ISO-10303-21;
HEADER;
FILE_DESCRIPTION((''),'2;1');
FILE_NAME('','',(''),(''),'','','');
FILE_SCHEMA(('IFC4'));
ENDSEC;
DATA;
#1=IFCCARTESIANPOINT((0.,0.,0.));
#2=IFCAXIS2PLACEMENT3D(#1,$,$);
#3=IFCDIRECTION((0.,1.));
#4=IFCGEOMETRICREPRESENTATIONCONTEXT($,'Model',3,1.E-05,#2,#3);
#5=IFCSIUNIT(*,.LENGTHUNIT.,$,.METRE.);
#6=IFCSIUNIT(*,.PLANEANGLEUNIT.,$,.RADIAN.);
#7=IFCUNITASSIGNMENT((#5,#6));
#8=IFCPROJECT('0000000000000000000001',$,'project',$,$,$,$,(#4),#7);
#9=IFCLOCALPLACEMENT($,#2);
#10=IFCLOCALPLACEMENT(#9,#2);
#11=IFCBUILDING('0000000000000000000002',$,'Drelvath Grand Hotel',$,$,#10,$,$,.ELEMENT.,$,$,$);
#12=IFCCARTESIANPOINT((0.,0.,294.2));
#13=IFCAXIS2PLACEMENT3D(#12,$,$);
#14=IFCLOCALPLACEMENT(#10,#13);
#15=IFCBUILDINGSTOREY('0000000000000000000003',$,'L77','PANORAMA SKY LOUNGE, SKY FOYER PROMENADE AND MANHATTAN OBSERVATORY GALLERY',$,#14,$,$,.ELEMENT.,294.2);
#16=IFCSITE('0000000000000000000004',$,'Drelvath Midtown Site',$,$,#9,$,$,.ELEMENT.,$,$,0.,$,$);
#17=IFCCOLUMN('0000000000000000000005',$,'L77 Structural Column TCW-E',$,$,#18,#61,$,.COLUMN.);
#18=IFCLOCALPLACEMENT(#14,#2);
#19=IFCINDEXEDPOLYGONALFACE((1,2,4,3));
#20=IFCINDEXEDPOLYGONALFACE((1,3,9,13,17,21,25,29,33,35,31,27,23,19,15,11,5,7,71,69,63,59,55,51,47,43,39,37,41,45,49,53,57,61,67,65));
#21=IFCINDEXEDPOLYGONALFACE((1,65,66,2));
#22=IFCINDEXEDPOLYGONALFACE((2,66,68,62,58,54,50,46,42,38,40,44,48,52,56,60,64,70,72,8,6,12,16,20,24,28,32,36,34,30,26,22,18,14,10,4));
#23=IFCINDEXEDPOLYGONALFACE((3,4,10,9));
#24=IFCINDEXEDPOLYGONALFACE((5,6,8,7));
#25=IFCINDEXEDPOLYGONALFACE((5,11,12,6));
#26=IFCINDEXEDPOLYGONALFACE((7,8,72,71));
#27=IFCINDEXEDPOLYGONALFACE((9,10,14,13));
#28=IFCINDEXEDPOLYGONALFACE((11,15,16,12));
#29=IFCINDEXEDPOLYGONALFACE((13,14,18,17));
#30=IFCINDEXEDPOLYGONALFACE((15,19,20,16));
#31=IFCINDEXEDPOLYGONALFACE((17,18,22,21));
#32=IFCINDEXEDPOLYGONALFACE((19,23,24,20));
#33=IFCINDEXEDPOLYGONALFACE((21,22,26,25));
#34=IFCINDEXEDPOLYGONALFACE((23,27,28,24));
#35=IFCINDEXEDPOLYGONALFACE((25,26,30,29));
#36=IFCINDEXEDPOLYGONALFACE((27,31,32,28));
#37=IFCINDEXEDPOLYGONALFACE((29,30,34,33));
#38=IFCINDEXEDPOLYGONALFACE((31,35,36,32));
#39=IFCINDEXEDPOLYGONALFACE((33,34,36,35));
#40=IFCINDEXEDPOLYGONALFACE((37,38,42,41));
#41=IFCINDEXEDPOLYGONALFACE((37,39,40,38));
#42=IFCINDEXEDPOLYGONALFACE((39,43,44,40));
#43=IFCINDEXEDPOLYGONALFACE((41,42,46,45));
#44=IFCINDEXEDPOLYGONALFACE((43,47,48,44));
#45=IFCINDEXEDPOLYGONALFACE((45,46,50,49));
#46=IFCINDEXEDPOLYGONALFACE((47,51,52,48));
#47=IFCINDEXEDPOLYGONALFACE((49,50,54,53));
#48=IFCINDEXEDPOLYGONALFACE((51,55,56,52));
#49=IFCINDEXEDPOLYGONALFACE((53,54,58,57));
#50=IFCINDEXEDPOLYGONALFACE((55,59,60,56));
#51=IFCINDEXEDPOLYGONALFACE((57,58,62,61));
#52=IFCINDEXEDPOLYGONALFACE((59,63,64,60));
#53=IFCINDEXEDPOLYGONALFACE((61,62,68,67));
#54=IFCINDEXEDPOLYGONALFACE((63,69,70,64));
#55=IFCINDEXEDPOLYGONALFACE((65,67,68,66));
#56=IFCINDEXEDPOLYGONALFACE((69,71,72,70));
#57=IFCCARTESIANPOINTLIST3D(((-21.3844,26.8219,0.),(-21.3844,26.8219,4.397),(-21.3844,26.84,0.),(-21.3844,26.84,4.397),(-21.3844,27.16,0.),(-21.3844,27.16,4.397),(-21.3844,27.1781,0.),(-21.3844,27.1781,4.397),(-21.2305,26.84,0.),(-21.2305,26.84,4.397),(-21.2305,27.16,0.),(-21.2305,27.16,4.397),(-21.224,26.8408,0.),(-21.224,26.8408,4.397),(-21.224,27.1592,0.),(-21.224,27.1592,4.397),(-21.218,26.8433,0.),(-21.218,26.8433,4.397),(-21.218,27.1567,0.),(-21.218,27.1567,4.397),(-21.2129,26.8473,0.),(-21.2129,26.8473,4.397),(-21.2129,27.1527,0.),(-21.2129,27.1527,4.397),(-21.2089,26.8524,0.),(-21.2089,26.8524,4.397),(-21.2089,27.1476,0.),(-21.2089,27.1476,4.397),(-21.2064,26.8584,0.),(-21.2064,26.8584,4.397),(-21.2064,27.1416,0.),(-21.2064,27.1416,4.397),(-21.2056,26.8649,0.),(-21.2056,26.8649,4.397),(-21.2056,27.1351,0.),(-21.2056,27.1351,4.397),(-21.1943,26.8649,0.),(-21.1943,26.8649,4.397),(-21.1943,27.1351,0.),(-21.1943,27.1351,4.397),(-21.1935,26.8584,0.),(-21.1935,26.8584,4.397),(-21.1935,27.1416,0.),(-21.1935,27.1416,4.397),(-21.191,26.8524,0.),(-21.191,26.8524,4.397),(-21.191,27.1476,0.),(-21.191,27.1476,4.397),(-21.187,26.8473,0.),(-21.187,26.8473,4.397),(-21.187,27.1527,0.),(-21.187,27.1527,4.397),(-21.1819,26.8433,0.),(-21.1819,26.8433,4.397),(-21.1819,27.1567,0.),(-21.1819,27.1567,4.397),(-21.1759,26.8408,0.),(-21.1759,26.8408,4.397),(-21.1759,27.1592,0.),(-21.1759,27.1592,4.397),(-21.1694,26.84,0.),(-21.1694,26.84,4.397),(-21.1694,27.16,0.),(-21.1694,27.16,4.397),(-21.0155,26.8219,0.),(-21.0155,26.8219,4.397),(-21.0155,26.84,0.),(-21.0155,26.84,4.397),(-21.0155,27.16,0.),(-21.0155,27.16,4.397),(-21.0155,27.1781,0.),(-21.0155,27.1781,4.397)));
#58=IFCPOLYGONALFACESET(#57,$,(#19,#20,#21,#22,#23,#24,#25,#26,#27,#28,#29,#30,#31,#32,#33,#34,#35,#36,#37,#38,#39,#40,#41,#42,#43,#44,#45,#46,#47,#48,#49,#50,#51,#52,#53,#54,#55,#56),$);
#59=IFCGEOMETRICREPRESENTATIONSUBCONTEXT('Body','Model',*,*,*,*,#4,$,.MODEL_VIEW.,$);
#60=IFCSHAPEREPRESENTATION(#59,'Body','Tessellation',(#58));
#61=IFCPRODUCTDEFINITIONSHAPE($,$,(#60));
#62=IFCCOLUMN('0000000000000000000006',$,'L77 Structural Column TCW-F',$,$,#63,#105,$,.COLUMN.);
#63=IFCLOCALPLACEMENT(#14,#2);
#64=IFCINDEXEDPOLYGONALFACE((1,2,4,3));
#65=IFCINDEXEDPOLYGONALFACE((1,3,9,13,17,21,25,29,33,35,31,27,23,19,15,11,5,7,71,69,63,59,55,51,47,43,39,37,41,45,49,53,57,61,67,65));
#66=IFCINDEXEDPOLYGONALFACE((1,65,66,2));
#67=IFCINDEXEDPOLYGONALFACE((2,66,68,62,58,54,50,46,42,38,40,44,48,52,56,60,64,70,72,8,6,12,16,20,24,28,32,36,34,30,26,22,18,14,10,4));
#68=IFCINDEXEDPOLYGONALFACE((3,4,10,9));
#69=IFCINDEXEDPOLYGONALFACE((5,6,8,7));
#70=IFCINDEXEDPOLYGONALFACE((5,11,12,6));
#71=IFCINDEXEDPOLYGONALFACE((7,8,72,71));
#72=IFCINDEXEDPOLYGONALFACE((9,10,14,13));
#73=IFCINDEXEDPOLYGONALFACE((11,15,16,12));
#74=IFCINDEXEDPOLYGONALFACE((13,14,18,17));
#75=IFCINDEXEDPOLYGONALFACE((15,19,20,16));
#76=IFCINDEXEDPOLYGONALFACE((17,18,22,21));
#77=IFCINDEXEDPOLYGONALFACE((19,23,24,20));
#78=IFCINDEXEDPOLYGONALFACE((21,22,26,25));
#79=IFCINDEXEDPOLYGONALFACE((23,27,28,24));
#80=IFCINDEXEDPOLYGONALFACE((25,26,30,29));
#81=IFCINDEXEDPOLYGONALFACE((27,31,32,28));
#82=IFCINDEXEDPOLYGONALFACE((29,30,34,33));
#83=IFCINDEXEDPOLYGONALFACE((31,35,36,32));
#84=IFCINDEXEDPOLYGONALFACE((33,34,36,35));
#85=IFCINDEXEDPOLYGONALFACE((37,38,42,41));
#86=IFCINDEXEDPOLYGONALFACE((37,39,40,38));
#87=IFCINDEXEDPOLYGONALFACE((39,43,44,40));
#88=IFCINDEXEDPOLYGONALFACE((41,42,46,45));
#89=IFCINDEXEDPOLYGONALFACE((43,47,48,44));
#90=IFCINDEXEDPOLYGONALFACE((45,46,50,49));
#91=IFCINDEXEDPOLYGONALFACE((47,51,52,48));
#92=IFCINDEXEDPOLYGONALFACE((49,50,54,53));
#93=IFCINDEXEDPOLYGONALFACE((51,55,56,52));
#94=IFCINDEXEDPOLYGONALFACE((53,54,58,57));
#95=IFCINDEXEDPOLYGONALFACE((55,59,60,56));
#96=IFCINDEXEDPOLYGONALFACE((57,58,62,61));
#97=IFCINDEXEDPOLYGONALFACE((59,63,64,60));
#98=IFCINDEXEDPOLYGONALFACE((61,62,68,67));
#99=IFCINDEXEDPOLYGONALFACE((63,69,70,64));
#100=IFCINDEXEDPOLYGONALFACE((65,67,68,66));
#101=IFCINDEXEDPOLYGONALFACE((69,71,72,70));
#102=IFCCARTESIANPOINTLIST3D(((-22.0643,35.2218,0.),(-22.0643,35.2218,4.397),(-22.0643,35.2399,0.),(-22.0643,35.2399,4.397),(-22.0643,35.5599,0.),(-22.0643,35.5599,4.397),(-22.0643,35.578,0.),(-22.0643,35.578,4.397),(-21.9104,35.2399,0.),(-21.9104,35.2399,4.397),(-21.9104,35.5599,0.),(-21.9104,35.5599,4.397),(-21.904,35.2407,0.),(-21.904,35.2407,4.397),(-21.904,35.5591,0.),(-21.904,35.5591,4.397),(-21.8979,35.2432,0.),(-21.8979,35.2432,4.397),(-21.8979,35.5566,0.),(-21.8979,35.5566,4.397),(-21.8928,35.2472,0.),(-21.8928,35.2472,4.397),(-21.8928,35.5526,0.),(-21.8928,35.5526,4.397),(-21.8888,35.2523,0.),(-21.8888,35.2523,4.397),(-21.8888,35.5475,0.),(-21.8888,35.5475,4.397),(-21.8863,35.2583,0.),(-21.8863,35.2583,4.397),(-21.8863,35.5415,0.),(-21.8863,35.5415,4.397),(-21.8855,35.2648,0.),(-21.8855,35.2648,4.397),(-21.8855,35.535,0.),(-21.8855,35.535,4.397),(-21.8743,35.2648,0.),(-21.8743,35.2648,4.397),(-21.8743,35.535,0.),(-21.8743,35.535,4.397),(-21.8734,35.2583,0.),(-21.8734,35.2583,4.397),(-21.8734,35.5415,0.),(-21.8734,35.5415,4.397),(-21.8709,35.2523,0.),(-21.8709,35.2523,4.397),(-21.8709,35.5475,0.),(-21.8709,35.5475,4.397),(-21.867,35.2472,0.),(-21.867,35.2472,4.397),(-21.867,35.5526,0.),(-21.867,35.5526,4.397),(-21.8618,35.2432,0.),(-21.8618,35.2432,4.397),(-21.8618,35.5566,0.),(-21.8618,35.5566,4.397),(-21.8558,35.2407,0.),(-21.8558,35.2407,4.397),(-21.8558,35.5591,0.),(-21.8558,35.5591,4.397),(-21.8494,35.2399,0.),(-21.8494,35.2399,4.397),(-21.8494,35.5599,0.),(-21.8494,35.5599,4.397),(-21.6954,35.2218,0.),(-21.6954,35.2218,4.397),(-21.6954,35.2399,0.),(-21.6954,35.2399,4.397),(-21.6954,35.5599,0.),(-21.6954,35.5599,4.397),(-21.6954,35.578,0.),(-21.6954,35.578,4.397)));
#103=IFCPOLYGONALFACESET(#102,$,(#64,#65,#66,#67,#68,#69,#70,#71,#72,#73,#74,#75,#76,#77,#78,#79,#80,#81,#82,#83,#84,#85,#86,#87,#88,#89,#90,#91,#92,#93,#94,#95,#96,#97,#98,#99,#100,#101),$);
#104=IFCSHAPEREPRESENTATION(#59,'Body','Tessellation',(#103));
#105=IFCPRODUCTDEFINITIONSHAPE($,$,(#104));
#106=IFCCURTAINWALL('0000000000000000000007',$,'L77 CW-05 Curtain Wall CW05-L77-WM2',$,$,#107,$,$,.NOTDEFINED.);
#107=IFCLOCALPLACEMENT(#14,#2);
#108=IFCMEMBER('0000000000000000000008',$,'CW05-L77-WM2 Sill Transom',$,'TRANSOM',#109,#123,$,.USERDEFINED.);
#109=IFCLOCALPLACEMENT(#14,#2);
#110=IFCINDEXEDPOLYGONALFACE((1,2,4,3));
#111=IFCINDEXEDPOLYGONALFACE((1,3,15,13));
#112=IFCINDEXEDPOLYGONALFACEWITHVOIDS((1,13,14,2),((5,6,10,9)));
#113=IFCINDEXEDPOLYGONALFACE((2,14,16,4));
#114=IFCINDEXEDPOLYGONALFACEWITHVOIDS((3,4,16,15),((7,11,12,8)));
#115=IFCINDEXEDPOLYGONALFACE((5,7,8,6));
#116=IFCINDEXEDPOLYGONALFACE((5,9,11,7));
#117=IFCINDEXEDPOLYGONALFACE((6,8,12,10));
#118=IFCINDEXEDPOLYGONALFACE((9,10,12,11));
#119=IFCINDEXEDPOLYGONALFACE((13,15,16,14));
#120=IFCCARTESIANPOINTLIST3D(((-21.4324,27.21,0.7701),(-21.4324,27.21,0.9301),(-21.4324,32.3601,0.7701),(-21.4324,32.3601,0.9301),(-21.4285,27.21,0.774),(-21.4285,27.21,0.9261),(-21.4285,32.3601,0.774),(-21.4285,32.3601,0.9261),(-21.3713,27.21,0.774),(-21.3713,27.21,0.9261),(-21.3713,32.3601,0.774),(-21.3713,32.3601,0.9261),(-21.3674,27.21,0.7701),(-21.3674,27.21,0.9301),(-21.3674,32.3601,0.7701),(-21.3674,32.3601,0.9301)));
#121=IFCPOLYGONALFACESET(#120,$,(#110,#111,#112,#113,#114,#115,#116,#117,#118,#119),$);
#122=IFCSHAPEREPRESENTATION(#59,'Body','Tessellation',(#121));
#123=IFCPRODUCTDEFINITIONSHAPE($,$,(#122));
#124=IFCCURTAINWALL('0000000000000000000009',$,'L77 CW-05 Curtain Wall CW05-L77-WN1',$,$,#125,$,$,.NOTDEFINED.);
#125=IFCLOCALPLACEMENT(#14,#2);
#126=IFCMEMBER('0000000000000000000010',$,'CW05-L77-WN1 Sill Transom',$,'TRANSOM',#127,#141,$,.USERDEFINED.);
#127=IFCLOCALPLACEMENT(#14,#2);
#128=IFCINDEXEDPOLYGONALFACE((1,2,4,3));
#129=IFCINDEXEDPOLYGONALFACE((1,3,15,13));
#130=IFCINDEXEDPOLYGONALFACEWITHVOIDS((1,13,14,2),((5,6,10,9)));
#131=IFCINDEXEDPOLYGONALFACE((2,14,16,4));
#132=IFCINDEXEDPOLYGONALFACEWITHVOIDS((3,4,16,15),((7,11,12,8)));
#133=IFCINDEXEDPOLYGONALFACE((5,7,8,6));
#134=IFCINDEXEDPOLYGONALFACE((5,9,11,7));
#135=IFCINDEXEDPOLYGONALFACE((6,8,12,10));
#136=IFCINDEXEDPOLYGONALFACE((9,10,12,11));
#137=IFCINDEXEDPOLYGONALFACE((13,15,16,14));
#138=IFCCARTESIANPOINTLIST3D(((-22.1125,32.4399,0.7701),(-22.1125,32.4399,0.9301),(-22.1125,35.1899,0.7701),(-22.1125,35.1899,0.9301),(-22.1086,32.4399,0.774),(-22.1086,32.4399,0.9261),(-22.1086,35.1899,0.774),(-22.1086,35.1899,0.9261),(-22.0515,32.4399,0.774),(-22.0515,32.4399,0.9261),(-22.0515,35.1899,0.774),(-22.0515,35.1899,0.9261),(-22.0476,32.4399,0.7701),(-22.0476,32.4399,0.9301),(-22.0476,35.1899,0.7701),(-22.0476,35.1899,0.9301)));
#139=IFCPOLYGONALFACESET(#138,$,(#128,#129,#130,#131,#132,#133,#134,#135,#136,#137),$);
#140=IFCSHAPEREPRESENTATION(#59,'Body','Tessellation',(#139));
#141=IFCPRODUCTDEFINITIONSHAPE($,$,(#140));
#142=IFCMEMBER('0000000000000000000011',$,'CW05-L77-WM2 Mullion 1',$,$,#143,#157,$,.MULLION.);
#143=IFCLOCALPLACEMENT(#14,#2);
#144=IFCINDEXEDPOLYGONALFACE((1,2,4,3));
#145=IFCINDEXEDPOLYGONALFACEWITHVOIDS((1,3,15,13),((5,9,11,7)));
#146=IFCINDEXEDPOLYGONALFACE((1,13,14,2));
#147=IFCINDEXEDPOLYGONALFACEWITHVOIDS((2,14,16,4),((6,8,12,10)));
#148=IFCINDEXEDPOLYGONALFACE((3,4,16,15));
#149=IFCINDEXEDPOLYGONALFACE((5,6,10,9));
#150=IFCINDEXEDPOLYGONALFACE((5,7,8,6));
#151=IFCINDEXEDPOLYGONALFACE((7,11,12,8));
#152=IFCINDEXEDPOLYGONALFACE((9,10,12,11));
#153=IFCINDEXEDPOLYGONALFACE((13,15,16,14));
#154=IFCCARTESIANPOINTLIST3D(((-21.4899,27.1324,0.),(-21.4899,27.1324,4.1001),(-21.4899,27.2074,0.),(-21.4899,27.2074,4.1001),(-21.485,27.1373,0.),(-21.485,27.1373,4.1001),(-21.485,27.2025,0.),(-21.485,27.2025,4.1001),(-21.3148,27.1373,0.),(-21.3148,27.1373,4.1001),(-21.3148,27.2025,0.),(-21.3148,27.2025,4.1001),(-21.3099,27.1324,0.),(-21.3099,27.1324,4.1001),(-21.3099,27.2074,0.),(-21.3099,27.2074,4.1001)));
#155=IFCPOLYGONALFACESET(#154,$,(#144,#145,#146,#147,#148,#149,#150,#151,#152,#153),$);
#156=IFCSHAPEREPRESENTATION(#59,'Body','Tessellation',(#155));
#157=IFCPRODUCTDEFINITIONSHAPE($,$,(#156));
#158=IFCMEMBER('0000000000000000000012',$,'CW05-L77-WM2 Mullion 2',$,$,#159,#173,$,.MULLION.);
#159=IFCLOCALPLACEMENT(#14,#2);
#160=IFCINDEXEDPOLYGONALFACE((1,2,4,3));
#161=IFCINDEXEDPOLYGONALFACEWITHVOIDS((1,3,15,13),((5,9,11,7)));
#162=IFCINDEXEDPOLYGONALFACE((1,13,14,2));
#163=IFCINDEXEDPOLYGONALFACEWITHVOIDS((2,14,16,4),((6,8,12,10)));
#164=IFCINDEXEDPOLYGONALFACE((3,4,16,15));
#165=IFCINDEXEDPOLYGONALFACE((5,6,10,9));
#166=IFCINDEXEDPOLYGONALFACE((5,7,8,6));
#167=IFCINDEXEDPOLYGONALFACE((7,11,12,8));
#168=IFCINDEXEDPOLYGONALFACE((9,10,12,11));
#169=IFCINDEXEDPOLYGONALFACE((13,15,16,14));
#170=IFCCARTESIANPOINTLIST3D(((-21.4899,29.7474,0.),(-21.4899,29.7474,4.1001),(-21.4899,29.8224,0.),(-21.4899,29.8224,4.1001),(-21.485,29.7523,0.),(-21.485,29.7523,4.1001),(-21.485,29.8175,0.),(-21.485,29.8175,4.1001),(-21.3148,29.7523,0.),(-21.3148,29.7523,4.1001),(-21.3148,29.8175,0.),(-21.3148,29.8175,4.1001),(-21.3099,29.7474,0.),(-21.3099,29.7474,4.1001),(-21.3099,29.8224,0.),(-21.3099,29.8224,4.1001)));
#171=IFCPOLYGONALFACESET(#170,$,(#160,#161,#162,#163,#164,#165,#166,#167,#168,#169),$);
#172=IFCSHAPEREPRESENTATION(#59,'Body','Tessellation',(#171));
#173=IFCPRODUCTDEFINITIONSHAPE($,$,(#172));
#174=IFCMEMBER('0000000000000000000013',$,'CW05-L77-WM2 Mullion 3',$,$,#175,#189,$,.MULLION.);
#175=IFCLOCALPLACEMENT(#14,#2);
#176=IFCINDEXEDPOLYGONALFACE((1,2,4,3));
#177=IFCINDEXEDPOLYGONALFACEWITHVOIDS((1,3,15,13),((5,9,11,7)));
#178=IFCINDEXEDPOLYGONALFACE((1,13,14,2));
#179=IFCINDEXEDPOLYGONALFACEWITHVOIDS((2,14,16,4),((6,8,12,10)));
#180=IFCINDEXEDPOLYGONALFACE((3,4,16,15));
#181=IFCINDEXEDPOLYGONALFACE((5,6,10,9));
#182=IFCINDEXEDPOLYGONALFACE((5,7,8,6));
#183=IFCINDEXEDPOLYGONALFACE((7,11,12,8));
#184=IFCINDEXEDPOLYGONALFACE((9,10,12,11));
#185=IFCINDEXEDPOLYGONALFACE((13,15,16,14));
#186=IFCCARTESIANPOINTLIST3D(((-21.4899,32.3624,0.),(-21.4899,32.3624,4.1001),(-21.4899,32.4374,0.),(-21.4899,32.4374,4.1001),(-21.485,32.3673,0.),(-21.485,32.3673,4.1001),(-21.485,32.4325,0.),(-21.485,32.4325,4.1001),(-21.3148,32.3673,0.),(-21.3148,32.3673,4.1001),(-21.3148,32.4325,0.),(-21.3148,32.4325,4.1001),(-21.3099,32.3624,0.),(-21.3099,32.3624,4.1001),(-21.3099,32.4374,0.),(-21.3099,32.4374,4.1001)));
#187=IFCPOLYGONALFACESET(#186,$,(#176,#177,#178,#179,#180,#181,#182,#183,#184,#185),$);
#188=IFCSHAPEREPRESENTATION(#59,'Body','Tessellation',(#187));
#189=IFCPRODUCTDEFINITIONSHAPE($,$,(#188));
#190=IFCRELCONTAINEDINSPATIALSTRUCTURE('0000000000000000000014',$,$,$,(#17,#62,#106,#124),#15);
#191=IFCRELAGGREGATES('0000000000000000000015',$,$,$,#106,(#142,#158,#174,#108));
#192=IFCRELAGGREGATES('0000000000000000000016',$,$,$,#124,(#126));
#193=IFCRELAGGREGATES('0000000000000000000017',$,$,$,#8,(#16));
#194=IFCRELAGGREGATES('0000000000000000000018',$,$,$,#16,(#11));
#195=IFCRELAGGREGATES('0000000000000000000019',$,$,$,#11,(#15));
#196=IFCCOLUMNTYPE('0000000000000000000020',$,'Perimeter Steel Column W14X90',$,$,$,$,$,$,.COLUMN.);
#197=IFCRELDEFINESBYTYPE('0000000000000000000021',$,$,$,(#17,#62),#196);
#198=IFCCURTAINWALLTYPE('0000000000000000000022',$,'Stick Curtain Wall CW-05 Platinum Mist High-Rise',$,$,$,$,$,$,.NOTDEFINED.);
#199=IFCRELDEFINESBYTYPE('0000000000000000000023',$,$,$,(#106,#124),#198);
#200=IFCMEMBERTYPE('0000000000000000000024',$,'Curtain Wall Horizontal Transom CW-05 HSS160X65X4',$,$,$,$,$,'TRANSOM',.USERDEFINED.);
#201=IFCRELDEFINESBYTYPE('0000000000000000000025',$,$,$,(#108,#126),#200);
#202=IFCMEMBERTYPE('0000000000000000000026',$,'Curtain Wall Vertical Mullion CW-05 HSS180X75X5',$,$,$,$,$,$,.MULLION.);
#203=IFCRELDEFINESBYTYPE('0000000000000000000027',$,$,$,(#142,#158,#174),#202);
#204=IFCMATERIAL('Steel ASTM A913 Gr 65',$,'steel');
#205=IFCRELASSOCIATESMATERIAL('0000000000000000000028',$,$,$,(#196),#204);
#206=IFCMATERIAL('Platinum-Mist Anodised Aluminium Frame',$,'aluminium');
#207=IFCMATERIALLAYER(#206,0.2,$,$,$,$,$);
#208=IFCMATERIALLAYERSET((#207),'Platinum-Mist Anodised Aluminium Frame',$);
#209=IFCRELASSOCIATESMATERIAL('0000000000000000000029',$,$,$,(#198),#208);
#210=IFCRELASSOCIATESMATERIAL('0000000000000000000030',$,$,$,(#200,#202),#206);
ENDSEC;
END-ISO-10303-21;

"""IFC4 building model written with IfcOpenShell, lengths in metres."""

from ifc_helpers import new_model, si_unit, direction, frame, origin, origin_2d, place, context, subcontext, project, spatial, hollow_rectangle, i_section, extrude, material, layer, layer_set, material_profile, profile_set, type_object, element, aggregate, save


model = new_model("IFC4")

# Units and contexts
model_context = context("Model", 3, precision=1e-05, world=origin(), true_north=direction((0.0, 1.0)))
body_context = subcontext(model_context, "Body", "Model", "MODEL_VIEW")
ifc_project = project(units=[si_unit("LENGTHUNIT", "METRE"), si_unit("PLANEANGLEUNIT", "RADIAN")], contexts=[model_context])

# Site, building, storey
site_placement = place(None, origin())
site = spatial("IfcSite", under=ifc_project, at=site_placement, Name="Drelvath Midtown Site", CompositionType="ELEMENT", RefElevation=0.0)
building_placement = place(site_placement, origin())
building = spatial("IfcBuilding", under=site, at=building_placement, Name="Drelvath Grand Hotel", CompositionType="ELEMENT")
storey_placement = place(building_placement, frame((0.0, 0.0, 294.2)))
storey = spatial("IfcBuildingStorey", under=building, at=storey_placement, Name="L77", Description="PANORAMA SKY LOUNGE, SKY FOYER PROMENADE AND MANHATTAN OBSERVATORY GALLERY", CompositionType="ELEMENT", Elevation=294.2)

# Columns
ifc_material_1 = material(Name="Steel ASTM A913 Gr 65", Category="steel")
ifc_material_profile_1 = material_profile(ifc_material_1, i_section(OverallWidth=0.3689, OverallDepth=0.3562, WebThickness=0.0112, FlangeThickness=0.0181, FilletRadius=0.0249, at=origin_2d()), Name="W14X90")
ifc_profile_set_1 = profile_set([ifc_material_profile_1], Name="Steel ASTM A913 Gr 65")
column_type = type_object("IfcColumnType", Name="Perimeter Steel Column W14X90", PredefinedType="COLUMN", material=ifc_profile_set_1)
for number, where, z_axis, x_axis, name in (
    (1, (-21.2, 27.0, 0.0), (0.0, 0.0, 1.0), (1.0, 0.0, 0.0), "L77 Structural Column TCW-E"),
    (2, (-21.8799, 35.3999, 0.0), (0.0, 0.0, 1.0), (1.0, 0.0, 0.0), "L77 Structural Column TCW-F"),
):
    element("IfcColumn", number, at=place(storey_placement, frame(where, z_axis=z_axis, x_axis=x_axis)), inside=storey, type_object=column_type, Name=name, PredefinedType="COLUMN", context=body_context, shape_type="SweptSolid", body=[
        extrude(i_section(OverallWidth=0.3689, OverallDepth=0.3562, WebThickness=0.0112, FlangeThickness=0.0181, FilletRadius=0.0249, at=origin_2d()), origin(), (0.0, 0.0, 1.0), 4.397),
    ])

# Curtain walls, members
ifc_material_2 = material(Name="Platinum-Mist Anodised Aluminium Frame", Category="aluminium")
ifc_layer_1 = layer(ifc_material_2, 0.2)
ifc_layer_set_1 = layer_set([ifc_layer_1], Name="Platinum-Mist Anodised Aluminium Frame")
curtain_wall_type = type_object("IfcCurtainWallType", Name="Stick Curtain Wall CW-05 Platinum Mist High-Rise", PredefinedType="NOTDEFINED", material=ifc_layer_set_1)
curtain_wall_1_placement = place(storey_placement, origin())
curtain_wall_1 = element("IfcCurtainWall", 3, at=curtain_wall_1_placement, inside=storey, type_object=curtain_wall_type, Name="L77 CW-05 Curtain Wall CW05-L77-WM2", PredefinedType="NOTDEFINED")
ifc_material_profile_2 = material_profile(ifc_material_2, hollow_rectangle(XDim=0.0649, YDim=0.1599, WallThickness=0.0039, at=origin_2d()), Name="HSS160X65X4")
ifc_profile_set_2 = profile_set([ifc_material_profile_2], Name="Platinum-Mist Anodised Aluminium Frame")
member_type_1 = type_object("IfcMemberType", Name="Curtain Wall Horizontal Transom CW-05 HSS160X65X4", ElementType="TRANSOM", PredefinedType="USERDEFINED", material=ifc_profile_set_2)
member_1_placement = place(storey_placement, frame((-21.3999, 27.21, 0.8501), z_axis=(0.0, 1.0, 0.0), x_axis=(-1.0, 0.0, 0.0)))
member_1 = element("IfcMember", 4, at=member_1_placement, type_object=member_type_1, Name="CW05-L77-WM2 Sill Transom", ObjectType="TRANSOM", PredefinedType="USERDEFINED", context=body_context, shape_type="SweptSolid", body=[
    extrude(hollow_rectangle(XDim=0.0649, YDim=0.1599, WallThickness=0.0039, at=origin_2d()), origin(), (0.0, 0.0, 1.0), 5.1501),
])
curtain_wall_2_placement = place(storey_placement, origin())
curtain_wall_2 = element("IfcCurtainWall", 5, at=curtain_wall_2_placement, inside=storey, type_object=curtain_wall_type, Name="L77 CW-05 Curtain Wall CW05-L77-WN1", PredefinedType="NOTDEFINED")
member_2_placement = place(storey_placement, frame((-22.0801, 32.4399, 0.8501), z_axis=(0.0, 1.0, 0.0), x_axis=(-1.0, 0.0, 0.0)))
member_2 = element("IfcMember", 6, at=member_2_placement, type_object=member_type_1, Name="CW05-L77-WN1 Sill Transom", ObjectType="TRANSOM", PredefinedType="USERDEFINED", context=body_context, shape_type="SweptSolid", body=[
    extrude(hollow_rectangle(XDim=0.0649, YDim=0.1599, WallThickness=0.0039, at=origin_2d()), origin(), (0.0, 0.0, 1.0), 2.75),
])

# Members
ifc_material_profile_3 = material_profile(ifc_material_2, hollow_rectangle(XDim=0.075, YDim=0.1799, WallThickness=0.0049, at=origin_2d()), Name="HSS180X75X5")
ifc_profile_set_3 = profile_set([ifc_material_profile_3], Name="Platinum-Mist Anodised Aluminium Frame")
member_type_2 = type_object("IfcMemberType", Name="Curtain Wall Vertical Mullion CW-05 HSS180X75X5", PredefinedType="MULLION", material=ifc_profile_set_3)
member_3_placement = place(storey_placement, frame((-21.3999, 27.1699, 0.0), z_axis=(0.0, 0.0, 1.0), x_axis=(0.0, 1.0, 0.0)))
member_3 = element("IfcMember", 7, at=member_3_placement, type_object=member_type_2, Name="CW05-L77-WM2 Mullion 1", PredefinedType="MULLION", context=body_context, shape_type="SweptSolid", body=[
    extrude(hollow_rectangle(XDim=0.075, YDim=0.1799, WallThickness=0.0049, at=origin_2d()), origin(), (0.0, 0.0, 1.0), 4.1001),
])
member_4_placement = place(storey_placement, frame((-21.3999, 29.7849, 0.0), z_axis=(0.0, 0.0, 1.0), x_axis=(0.0, 1.0, 0.0)))
member_4 = element("IfcMember", 8, at=member_4_placement, type_object=member_type_2, Name="CW05-L77-WM2 Mullion 2", PredefinedType="MULLION", context=body_context, shape_type="SweptSolid", body=[
    extrude(hollow_rectangle(XDim=0.075, YDim=0.1799, WallThickness=0.0049, at=origin_2d()), origin(), (0.0, 0.0, 1.0), 4.1001),
])
member_5_placement = place(storey_placement, frame((-21.3999, 32.3999, 0.0), z_axis=(0.0, 0.0, 1.0), x_axis=(0.0, 1.0, 0.0)))
member_5 = element("IfcMember", 9, at=member_5_placement, type_object=member_type_2, Name="CW05-L77-WM2 Mullion 3", PredefinedType="MULLION", context=body_context, shape_type="SweptSolid", body=[
    extrude(hollow_rectangle(XDim=0.075, YDim=0.1799, WallThickness=0.0049, at=origin_2d()), origin(), (0.0, 0.0, 1.0), 4.1001),
])

aggregate(curtain_wall_1, [member_3, member_4, member_5, member_1])
aggregate(curtain_wall_2, [member_2])

save(model, "model.ifc")
